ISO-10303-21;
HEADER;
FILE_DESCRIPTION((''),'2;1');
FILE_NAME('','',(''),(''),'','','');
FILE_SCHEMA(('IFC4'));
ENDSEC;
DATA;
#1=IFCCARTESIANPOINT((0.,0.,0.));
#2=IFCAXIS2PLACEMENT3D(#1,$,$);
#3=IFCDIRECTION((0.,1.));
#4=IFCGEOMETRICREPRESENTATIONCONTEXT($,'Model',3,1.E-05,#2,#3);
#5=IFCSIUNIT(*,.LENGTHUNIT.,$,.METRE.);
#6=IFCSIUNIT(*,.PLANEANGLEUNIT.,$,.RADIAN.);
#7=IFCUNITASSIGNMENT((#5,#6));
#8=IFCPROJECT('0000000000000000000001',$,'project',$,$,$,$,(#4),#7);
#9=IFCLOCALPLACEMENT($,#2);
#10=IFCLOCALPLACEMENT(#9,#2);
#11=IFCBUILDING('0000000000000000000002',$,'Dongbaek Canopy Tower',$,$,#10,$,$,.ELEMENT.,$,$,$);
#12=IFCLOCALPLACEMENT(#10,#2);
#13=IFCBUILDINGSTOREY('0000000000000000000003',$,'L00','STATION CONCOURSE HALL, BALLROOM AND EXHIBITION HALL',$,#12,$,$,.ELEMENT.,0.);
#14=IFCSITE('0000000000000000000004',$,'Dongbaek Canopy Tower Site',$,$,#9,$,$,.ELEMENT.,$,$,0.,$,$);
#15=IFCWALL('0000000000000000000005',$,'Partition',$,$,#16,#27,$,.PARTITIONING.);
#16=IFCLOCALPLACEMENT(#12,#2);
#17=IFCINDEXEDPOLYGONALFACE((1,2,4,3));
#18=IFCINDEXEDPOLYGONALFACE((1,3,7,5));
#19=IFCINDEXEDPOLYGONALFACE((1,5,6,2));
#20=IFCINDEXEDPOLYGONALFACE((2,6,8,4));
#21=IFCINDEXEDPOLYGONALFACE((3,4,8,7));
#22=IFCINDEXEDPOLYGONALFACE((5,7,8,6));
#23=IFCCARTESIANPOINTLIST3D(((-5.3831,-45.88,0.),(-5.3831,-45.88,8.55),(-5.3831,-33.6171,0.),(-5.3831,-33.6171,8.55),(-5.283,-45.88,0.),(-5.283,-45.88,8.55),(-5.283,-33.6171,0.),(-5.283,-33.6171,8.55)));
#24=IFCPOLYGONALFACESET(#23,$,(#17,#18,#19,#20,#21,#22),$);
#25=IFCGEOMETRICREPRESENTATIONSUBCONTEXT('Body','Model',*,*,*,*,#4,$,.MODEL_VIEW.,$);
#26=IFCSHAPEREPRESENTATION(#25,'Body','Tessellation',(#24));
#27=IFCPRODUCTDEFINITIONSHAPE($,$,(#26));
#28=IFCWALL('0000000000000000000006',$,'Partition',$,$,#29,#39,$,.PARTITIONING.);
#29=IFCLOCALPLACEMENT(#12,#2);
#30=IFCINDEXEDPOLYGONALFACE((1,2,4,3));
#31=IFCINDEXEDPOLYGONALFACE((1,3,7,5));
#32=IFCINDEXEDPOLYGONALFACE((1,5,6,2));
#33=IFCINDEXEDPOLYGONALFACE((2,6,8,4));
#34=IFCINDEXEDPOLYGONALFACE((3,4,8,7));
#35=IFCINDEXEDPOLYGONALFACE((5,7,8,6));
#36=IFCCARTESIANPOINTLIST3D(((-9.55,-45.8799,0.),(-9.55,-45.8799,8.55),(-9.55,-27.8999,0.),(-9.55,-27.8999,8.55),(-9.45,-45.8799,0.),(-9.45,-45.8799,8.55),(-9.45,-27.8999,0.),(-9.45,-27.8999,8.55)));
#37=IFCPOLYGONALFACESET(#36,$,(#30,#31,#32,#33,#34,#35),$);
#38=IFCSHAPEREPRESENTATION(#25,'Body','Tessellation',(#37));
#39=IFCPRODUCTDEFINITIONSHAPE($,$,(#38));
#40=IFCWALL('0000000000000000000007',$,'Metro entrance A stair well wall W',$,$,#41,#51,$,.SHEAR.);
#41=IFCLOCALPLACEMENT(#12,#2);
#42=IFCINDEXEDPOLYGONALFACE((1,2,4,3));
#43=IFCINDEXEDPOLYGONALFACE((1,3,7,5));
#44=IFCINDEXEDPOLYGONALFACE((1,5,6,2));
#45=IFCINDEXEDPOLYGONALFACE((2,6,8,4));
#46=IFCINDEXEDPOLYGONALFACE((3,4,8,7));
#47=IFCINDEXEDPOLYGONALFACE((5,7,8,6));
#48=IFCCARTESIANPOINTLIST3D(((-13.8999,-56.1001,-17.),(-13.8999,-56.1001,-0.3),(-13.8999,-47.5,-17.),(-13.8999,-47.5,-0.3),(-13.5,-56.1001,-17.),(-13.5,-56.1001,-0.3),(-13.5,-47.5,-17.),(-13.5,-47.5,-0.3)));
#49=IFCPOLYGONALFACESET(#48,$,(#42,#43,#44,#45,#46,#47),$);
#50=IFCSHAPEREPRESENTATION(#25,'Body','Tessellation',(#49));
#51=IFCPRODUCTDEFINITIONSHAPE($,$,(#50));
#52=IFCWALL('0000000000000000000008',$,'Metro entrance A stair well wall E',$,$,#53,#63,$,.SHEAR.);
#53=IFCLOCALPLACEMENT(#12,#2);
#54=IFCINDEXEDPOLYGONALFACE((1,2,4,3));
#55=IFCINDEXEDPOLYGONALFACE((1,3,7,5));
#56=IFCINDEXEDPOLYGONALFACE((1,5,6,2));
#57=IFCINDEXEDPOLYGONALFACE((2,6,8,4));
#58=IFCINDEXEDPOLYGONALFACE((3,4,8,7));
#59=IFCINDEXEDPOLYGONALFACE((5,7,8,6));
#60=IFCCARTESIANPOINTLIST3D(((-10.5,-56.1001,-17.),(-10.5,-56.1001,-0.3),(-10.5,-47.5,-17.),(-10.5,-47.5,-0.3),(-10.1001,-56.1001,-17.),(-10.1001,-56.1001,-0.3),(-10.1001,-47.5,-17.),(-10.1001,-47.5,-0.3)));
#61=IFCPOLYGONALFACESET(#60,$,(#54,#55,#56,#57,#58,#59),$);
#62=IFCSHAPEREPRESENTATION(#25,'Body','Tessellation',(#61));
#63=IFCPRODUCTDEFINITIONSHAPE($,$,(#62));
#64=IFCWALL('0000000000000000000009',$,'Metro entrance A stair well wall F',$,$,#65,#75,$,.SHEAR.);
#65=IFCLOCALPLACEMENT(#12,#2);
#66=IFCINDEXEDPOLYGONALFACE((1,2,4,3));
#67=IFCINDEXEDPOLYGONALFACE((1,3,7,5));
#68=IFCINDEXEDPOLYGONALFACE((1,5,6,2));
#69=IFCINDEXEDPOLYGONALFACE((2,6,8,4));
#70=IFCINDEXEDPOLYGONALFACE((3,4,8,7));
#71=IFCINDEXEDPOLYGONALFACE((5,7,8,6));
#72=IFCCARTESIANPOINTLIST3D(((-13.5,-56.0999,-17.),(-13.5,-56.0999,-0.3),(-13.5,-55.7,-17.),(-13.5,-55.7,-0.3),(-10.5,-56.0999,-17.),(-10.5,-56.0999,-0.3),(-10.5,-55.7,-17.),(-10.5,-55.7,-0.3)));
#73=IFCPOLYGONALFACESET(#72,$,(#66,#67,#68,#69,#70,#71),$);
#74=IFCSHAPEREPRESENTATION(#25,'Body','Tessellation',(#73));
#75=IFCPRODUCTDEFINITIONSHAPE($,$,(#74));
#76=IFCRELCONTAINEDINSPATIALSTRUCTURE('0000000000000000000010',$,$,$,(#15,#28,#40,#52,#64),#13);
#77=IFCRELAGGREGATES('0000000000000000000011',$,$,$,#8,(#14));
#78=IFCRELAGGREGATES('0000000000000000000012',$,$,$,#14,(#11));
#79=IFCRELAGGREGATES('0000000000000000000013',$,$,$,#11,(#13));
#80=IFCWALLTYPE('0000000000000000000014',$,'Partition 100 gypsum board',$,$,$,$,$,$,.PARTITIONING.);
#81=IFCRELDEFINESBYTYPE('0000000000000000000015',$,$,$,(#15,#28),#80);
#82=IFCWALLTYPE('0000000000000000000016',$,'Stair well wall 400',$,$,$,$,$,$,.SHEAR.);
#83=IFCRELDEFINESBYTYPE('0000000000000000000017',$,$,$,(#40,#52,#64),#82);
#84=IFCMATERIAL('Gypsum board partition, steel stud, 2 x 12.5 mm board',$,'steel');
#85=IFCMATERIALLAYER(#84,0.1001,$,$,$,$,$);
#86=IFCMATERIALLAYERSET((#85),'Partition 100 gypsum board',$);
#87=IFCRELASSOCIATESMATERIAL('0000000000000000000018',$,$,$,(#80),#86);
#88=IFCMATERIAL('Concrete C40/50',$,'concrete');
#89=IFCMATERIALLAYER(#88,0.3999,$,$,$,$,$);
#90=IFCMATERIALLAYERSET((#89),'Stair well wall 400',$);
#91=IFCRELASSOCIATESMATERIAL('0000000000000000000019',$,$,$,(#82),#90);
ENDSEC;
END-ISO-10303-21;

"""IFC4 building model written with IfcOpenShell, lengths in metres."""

from ifc_helpers import new_model, si_unit, direction, frame, frame_2d, origin, place, context, subcontext, project, spatial, rectangle, extrude, material, layer, layer_set, type_object, element, save


model = new_model("IFC4")

# Units and contexts
model_context = context("Model", 3, precision=1e-05, world=origin(), true_north=direction((0.0, 1.0)))
body_context = subcontext(model_context, "Body", "Model", "MODEL_VIEW")
ifc_project = project(units=[si_unit("LENGTHUNIT", "METRE"), si_unit("PLANEANGLEUNIT", "RADIAN")], contexts=[model_context])

# Site, building, storey
site_placement = place(None, origin())
site = spatial("IfcSite", under=ifc_project, at=site_placement, Name="Dongbaek Canopy Tower Site", CompositionType="ELEMENT", RefElevation=0.0)
building_placement = place(site_placement, origin())
building = spatial("IfcBuilding", under=site, at=building_placement, Name="Dongbaek Canopy Tower", CompositionType="ELEMENT")
storey_placement = place(building_placement, origin())
storey = spatial("IfcBuildingStorey", under=building, at=storey_placement, Name="L00", Description="STATION CONCOURSE HALL, BALLROOM AND EXHIBITION HALL", CompositionType="ELEMENT", Elevation=0.0)

# Walls
ifc_material_1 = material(Name="Gypsum board partition, steel stud, 2 x 12.5 mm board", Category="steel")
ifc_layer_1 = layer(ifc_material_1, 0.1001)
ifc_layer_set_1 = layer_set([ifc_layer_1], Name="Partition 100 gypsum board")
wall_type_1 = type_object("IfcWallType", Name="Partition 100 gypsum board", PredefinedType="PARTITIONING", material=ifc_layer_set_1)
wall_1_placement = place(storey_placement, frame((-5.333, -45.8799, 0.0), z_axis=(0.0, 0.0, 1.0), x_axis=(0.0, 1.0, 0.0)))
element("IfcWall", 1, at=wall_1_placement, inside=storey, type_object=wall_type_1, Name="Partition", PredefinedType="PARTITIONING", context=body_context, shape_type="SweptSolid", body=[
    extrude(rectangle(XDim=12.2629, YDim=0.1001, at=frame_2d((6.1313, 0.0))), origin(), (0.0, 0.0, 1.0), 8.55),
])
wall_2_placement = place(storey_placement, frame((-9.5, -45.8799, 0.0), z_axis=(0.0, 0.0, 1.0), x_axis=(0.0, 1.0, 0.0)))
element("IfcWall", 2, at=wall_2_placement, inside=storey, type_object=wall_type_1, Name="Partition", PredefinedType="PARTITIONING", context=body_context, shape_type="SweptSolid", body=[
    extrude(rectangle(XDim=17.98, YDim=0.1001, at=frame_2d((8.99, 0.0))), origin(), (0.0, 0.0, 1.0), 8.55),
])
ifc_material_2 = material(Name="Concrete C40/50", Category="concrete")
ifc_layer_2 = layer(ifc_material_2, 0.3999)
ifc_layer_set_2 = layer_set([ifc_layer_2], Name="Stair well wall 400")
wall_type_2 = type_object("IfcWallType", Name="Stair well wall 400", PredefinedType="SHEAR", material=ifc_layer_set_2)
for number, where, z_axis, x_axis, name in (
    (3, (-13.7, -47.5, -17.0), (0.0, 0.0, 1.0), (0.0, -1.0, 0.0), "Metro entrance A stair well wall W"),
    (4, (-10.3, -47.5, -17.0), (0.0, 0.0, 1.0), (0.0, -1.0, 0.0), "Metro entrance A stair well wall E"),
):
    element("IfcWall", number, at=place(storey_placement, frame(where, z_axis=z_axis, x_axis=x_axis)), inside=storey, type_object=wall_type_2, Name=name, PredefinedType="SHEAR", context=body_context, shape_type="SweptSolid", body=[
        extrude(rectangle(XDim=8.6001, YDim=0.3999, at=frame_2d((4.3, 0.0))), origin(), (0.0, 0.0, 1.0), 16.7),
    ])
wall_3_placement = place(storey_placement, frame((-13.5, -55.8999, -17.0), z_axis=(0.0, 0.0, 1.0), x_axis=(1.0, 0.0, 0.0)))
element("IfcWall", 5, at=wall_3_placement, inside=storey, type_object=wall_type_2, Name="Metro entrance A stair well wall F", PredefinedType="SHEAR", context=body_context, shape_type="SweptSolid", body=[
    extrude(rectangle(XDim=3.0, YDim=0.3999, at=frame_2d((1.5, 0.0))), origin(), (0.0, 0.0, 1.0), 16.7),
])

save(model, "model.ifc")
